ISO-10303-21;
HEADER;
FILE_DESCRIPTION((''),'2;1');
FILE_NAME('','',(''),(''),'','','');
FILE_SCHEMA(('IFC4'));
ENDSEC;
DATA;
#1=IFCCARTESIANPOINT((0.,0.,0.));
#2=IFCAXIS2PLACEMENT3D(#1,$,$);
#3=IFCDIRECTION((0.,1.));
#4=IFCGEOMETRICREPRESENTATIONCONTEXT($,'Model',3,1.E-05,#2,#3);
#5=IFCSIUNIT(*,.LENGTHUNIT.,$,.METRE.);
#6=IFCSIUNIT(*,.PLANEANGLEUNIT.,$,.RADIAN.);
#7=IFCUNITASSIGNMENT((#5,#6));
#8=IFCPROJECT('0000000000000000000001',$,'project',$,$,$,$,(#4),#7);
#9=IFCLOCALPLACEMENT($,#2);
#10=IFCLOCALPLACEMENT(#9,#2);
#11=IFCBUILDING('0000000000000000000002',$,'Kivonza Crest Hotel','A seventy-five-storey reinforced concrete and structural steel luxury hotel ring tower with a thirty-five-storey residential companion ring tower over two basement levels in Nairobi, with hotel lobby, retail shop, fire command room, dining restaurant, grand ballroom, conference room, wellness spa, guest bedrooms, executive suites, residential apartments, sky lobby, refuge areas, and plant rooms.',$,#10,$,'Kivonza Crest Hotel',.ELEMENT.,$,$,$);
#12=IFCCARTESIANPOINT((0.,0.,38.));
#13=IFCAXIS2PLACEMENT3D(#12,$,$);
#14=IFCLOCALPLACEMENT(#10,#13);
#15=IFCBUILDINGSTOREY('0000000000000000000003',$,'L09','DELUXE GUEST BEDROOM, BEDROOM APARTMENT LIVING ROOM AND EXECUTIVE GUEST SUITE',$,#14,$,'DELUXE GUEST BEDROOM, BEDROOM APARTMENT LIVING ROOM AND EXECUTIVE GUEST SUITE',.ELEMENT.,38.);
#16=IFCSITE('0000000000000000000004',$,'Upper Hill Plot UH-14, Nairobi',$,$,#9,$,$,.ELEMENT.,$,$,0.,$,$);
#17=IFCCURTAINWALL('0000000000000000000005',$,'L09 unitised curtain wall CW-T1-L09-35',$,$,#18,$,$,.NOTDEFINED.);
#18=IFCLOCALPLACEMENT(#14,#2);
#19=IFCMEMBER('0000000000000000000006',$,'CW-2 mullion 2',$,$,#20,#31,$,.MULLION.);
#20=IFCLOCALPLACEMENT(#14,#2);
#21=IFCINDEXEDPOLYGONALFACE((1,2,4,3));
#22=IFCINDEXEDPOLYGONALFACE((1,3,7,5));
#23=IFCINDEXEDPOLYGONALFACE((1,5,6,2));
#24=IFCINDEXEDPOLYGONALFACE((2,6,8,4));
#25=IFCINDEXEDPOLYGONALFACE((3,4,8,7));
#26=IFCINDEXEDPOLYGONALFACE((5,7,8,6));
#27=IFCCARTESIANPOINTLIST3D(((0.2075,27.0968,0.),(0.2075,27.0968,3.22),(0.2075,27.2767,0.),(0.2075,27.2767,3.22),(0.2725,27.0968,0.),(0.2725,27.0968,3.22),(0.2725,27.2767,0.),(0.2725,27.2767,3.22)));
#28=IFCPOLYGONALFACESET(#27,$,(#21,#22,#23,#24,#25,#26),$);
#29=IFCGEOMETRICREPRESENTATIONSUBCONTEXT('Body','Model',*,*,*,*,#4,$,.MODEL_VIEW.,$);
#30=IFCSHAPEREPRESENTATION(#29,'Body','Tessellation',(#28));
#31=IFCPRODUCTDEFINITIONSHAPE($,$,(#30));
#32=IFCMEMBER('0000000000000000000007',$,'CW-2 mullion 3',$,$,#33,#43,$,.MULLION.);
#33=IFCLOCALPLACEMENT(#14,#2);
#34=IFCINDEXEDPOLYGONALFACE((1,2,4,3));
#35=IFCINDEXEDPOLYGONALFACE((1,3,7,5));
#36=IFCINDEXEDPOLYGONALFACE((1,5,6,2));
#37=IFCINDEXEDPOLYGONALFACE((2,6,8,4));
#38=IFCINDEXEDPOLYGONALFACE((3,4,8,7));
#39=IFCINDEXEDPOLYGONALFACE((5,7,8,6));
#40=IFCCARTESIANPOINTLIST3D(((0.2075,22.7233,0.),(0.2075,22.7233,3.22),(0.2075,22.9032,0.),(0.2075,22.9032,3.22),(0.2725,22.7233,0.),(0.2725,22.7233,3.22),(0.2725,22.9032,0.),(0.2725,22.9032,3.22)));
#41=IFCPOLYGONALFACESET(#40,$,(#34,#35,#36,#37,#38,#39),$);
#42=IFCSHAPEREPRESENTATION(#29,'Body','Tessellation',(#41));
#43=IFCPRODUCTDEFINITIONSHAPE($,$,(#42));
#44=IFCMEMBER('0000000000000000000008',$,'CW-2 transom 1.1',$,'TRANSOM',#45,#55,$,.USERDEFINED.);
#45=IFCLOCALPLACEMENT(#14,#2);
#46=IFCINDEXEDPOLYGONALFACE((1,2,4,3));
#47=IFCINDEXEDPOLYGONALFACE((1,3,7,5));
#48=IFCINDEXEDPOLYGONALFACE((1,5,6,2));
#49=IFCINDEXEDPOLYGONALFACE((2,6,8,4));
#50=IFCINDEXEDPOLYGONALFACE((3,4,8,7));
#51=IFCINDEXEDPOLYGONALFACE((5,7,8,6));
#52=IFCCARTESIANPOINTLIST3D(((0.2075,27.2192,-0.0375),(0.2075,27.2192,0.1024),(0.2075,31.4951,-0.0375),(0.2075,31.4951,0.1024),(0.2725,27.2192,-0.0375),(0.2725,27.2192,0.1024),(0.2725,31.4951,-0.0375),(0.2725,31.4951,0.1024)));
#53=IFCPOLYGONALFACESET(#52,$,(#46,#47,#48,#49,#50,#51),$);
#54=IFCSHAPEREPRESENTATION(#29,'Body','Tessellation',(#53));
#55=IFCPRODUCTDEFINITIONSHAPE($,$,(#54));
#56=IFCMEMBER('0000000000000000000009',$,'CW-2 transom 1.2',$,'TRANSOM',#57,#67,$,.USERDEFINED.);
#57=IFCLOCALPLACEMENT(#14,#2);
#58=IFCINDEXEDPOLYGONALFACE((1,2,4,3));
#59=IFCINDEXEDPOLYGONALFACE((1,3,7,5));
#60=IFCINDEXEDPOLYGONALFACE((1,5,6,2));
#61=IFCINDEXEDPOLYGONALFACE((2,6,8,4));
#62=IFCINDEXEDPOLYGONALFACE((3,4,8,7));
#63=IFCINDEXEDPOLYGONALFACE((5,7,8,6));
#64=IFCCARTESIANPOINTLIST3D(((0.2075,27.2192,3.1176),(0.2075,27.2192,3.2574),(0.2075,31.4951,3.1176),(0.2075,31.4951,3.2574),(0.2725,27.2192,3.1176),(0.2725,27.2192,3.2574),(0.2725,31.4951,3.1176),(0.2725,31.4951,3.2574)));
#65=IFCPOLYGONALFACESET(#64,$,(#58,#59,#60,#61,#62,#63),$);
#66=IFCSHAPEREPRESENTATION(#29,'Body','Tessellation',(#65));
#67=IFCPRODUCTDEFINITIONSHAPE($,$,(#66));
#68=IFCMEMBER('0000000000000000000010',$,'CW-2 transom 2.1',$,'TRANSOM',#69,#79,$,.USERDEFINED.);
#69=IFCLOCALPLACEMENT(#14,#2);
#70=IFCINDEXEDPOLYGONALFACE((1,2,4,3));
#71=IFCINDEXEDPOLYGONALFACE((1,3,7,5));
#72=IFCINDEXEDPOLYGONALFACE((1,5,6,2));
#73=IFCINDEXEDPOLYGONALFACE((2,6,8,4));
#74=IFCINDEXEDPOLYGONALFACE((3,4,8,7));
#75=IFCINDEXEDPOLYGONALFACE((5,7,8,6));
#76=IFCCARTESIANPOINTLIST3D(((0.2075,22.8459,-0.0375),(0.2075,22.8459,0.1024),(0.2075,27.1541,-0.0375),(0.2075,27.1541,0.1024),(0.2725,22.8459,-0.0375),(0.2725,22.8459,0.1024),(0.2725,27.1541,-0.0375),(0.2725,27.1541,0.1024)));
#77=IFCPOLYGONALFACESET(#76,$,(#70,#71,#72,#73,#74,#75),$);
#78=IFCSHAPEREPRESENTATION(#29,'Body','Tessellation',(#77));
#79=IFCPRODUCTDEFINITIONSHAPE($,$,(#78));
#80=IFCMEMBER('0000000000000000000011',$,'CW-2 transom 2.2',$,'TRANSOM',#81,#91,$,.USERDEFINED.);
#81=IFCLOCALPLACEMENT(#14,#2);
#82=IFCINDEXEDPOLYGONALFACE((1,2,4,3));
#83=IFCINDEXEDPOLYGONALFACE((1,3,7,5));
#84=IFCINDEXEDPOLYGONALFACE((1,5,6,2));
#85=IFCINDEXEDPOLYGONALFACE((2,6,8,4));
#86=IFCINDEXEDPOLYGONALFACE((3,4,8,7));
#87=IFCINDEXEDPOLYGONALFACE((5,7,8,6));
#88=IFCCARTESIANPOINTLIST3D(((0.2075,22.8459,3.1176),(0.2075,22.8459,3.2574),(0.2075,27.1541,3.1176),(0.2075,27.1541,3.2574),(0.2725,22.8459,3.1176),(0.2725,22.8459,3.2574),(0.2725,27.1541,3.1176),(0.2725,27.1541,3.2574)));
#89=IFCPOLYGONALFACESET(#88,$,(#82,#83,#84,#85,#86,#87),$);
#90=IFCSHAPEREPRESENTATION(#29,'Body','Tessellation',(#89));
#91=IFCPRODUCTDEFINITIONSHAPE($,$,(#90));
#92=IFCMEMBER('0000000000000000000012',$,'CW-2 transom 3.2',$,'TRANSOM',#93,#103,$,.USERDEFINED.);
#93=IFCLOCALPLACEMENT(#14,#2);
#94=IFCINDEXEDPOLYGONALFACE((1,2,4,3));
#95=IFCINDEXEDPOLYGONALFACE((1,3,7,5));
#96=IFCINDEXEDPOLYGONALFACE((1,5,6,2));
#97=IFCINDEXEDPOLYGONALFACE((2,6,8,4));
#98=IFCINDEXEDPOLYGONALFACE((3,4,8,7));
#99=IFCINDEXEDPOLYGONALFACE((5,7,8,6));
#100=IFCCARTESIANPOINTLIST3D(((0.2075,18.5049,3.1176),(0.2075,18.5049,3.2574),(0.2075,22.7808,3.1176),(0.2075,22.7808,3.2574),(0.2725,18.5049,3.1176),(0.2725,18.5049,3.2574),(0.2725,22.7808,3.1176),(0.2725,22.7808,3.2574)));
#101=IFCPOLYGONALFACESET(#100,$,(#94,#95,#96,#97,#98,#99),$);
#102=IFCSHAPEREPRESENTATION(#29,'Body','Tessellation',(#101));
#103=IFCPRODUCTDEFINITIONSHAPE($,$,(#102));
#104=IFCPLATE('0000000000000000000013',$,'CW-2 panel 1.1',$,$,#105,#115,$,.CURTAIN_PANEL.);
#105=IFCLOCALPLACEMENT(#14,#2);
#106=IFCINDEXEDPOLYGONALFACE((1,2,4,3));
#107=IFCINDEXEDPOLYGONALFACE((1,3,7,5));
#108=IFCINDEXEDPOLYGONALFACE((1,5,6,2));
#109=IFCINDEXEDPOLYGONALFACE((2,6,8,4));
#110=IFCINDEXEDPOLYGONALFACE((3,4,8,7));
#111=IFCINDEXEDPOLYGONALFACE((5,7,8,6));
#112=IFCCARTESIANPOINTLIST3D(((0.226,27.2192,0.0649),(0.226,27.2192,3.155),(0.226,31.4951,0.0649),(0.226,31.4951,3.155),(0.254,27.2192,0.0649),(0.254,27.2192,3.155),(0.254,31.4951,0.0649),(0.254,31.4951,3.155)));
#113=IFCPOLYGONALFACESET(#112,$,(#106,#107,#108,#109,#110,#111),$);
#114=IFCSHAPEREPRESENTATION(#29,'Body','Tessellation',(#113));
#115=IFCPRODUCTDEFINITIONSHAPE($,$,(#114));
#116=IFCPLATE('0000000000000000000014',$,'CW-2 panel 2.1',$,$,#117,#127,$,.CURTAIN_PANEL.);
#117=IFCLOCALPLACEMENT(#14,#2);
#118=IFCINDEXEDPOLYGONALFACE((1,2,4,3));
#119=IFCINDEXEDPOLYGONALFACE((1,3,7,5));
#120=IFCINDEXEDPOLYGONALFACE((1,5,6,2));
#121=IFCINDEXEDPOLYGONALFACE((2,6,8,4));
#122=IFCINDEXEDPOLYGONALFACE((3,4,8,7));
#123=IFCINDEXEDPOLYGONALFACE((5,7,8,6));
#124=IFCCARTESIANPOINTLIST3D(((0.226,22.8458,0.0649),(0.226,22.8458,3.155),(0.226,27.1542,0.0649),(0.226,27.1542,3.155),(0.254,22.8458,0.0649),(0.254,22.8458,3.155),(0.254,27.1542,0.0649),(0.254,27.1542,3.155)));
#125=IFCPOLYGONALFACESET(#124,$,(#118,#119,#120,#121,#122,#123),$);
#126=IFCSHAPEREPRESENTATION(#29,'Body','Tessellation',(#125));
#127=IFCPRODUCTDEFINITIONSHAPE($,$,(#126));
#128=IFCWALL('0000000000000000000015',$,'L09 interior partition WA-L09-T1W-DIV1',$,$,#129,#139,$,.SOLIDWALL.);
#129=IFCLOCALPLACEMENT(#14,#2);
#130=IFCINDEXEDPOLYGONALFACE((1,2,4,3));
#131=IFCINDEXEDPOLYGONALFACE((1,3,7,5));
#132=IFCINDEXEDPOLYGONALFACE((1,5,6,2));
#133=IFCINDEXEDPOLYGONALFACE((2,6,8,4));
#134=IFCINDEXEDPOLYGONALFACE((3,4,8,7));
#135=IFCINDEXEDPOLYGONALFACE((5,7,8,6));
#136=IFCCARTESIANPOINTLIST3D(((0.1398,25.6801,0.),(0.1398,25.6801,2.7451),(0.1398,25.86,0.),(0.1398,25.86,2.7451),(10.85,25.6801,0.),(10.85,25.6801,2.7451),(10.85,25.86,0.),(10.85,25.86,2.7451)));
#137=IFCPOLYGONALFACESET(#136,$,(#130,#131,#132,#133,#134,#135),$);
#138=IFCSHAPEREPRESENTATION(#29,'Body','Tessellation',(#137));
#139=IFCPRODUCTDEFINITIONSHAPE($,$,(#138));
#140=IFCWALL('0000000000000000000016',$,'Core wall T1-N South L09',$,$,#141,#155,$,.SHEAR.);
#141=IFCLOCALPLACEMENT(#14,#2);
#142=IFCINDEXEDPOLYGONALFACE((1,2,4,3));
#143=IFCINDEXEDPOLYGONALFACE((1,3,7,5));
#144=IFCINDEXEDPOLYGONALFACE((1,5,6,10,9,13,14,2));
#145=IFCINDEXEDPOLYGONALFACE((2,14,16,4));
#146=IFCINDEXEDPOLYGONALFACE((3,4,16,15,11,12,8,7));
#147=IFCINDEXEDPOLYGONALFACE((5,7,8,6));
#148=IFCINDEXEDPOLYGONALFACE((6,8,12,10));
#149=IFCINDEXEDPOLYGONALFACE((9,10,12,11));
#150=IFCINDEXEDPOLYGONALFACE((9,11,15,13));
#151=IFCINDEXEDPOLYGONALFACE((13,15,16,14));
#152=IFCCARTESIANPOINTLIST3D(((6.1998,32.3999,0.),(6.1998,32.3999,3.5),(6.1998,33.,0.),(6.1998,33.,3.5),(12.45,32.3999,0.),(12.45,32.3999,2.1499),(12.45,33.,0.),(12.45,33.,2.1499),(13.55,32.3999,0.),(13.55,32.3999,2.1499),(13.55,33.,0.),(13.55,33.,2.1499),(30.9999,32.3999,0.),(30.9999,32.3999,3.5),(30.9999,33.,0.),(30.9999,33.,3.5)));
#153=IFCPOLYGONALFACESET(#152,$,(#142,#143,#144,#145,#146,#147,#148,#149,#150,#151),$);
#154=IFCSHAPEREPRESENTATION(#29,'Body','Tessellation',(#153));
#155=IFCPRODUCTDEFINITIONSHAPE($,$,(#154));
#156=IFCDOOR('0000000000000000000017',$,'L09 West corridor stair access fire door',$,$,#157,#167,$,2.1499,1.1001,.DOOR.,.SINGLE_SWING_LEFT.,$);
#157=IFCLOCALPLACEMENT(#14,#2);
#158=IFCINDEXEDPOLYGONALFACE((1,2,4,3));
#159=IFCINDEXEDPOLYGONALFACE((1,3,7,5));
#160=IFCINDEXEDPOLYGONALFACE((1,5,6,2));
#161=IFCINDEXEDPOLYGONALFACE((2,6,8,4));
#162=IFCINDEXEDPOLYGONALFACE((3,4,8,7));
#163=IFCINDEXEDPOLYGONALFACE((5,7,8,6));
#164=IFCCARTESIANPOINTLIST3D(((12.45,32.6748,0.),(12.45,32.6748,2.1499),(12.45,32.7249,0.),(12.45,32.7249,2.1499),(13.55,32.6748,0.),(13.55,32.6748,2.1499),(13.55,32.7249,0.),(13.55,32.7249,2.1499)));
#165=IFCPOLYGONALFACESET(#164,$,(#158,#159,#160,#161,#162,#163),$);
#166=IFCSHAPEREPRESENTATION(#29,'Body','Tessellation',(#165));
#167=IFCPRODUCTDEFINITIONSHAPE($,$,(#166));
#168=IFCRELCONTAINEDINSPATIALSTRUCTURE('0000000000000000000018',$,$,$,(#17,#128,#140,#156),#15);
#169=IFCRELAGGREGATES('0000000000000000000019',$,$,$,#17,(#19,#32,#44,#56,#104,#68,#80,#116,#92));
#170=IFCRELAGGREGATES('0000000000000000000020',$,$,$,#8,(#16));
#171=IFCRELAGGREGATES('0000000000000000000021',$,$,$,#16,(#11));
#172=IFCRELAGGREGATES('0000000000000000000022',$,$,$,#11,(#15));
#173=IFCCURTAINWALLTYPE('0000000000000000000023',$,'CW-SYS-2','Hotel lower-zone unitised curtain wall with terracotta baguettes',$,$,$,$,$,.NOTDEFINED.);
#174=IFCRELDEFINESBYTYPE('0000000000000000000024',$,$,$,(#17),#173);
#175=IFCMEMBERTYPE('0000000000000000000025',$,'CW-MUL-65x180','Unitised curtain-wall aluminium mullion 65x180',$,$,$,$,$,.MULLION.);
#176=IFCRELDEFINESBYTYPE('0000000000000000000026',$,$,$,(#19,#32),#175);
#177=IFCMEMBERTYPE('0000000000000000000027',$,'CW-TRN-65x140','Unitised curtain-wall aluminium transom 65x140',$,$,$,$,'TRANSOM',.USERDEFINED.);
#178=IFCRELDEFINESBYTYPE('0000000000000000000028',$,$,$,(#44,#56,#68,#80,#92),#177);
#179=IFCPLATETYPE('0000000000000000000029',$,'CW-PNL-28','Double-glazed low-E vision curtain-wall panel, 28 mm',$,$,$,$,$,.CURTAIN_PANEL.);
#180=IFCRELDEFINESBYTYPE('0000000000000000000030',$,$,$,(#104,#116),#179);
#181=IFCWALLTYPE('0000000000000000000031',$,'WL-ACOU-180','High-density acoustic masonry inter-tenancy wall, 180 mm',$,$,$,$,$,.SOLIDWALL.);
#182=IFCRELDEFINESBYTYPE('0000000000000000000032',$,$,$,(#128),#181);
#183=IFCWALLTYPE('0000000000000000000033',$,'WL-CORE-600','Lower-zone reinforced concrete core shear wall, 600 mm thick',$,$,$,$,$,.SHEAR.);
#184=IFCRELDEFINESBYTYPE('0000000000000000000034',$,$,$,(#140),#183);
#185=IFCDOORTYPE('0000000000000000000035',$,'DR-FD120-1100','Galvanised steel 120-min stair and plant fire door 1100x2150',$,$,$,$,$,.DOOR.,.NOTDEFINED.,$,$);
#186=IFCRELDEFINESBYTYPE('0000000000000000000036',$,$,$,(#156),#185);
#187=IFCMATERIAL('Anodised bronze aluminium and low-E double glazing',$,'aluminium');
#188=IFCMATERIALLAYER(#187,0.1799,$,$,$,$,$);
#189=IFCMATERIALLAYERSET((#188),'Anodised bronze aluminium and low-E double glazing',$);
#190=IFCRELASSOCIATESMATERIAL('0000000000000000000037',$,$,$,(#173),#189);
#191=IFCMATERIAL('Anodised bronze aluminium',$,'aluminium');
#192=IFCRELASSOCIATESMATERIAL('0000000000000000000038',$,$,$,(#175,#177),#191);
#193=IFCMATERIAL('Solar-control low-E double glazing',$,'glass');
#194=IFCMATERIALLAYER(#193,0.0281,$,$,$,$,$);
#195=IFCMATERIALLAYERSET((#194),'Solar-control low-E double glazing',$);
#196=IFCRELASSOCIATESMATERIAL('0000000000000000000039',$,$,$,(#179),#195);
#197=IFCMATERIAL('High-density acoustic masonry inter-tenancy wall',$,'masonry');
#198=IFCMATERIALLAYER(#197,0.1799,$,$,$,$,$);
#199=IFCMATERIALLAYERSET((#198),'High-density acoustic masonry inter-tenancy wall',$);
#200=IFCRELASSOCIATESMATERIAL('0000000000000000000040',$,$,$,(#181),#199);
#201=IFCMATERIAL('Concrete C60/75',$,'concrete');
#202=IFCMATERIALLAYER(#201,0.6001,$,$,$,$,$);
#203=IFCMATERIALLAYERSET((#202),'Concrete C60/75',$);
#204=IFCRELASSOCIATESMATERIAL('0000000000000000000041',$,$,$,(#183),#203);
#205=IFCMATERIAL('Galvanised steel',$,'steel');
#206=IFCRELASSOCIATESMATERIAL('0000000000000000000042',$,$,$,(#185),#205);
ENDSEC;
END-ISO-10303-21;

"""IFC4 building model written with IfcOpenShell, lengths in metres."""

from ifc_helpers import new_model, si_unit, direction, frame, frame_2d, origin, origin_2d, place, context, subcontext, project, spatial, rectangle, extrude, material, layer, layer_set, material_profile, profile_set, type_object, element, fill, aggregate, save


model = new_model("IFC4")

# Units and contexts
model_context = context("Model", 3, precision=1e-05, world=origin(), true_north=direction((0.0, 1.0)))
body_context = subcontext(model_context, "Body", "Model", "MODEL_VIEW")
ifc_project = project(units=[si_unit("LENGTHUNIT", "METRE"), si_unit("PLANEANGLEUNIT", "RADIAN")], contexts=[model_context])

# Site, building, storey
site_placement = place(None, origin())
site = spatial("IfcSite", under=ifc_project, at=site_placement, Name="Upper Hill Plot UH-14, Nairobi", CompositionType="ELEMENT", RefElevation=0.0)
building_placement = place(site_placement, origin())
building = spatial("IfcBuilding", under=site, at=building_placement, Name="Kivonza Crest Hotel", Description="A seventy-five-storey reinforced concrete and structural steel luxury hotel ring tower with a thirty-five-storey residential companion ring tower over two basement levels in Nairobi, with hotel lobby, retail shop, fire command room, dining restaurant, grand ballroom, conference room, wellness spa, guest bedrooms, executive suites, residential apartments, sky lobby, refuge areas, and plant rooms.", LongName="Kivonza Crest Hotel", CompositionType="ELEMENT")
storey_placement = place(building_placement, frame((0.0, 0.0, 38.0)))
storey = spatial("IfcBuildingStorey", under=building, at=storey_placement, Name="L09", Description="DELUXE GUEST BEDROOM, BEDROOM APARTMENT LIVING ROOM AND EXECUTIVE GUEST SUITE", LongName="DELUXE GUEST BEDROOM, BEDROOM APARTMENT LIVING ROOM AND EXECUTIVE GUEST SUITE", CompositionType="ELEMENT", Elevation=38.0)

# Shared definitions
ifc_material_1 = material(Name="Concrete C60/75", Category="concrete")

# Curtain wall, members, plates
ifc_material_2 = material(Name="Anodised bronze aluminium and low-E double glazing", Category="aluminium")
ifc_layer_1 = layer(ifc_material_2, 0.1799)
ifc_layer_set_1 = layer_set([ifc_layer_1], Name="Anodised bronze aluminium and low-E double glazing")
curtain_wall_type = type_object("IfcCurtainWallType", Name="CW-SYS-2", Description="Hotel lower-zone unitised curtain wall with terracotta baguettes", PredefinedType="NOTDEFINED", material=ifc_layer_set_1)
curtain_wall_placement = place(storey_placement, origin())
curtain_wall = element("IfcCurtainWall", 1, at=curtain_wall_placement, inside=storey, type_object=curtain_wall_type, Name="L09 unitised curtain wall CW-T1-L09-35", PredefinedType="NOTDEFINED")
ifc_material_3 = material(Name="Anodised bronze aluminium", Category="aluminium")
ifc_material_profile_1 = material_profile(ifc_material_3, rectangle(XDim=0.0649, YDim=0.1799, at=origin_2d()), Name="CW-M 65x180")
ifc_profile_set_1 = profile_set([ifc_material_profile_1], Name="Anodised bronze aluminium")
member_type_1 = type_object("IfcMemberType", Name="CW-MUL-65x180", Description="Unitised curtain-wall aluminium mullion 65x180", PredefinedType="MULLION", material=ifc_profile_set_1)
member_1_placement = place(storey_placement, frame((0.24, 27.1868, 0.0), z_axis=(0.0, 0.0, 1.0), x_axis=(1.0, 0.0, 0.0)))
member_1 = element("IfcMember", 2, at=member_1_placement, type_object=member_type_1, Name="CW-2 mullion 2", PredefinedType="MULLION", context=body_context, shape_type="SweptSolid", body=[
    extrude(rectangle(XDim=0.0649, YDim=0.1799, at=origin_2d()), origin(), (0.0, 0.0, 1.0), 3.22),
])
member_2_placement = place(storey_placement, frame((0.24, 22.8132, 0.0), z_axis=(0.0, 0.0, 1.0), x_axis=(1.0, 0.0, 0.0)))
member_2 = element("IfcMember", 3, at=member_2_placement, type_object=member_type_1, Name="CW-2 mullion 3", PredefinedType="MULLION", context=body_context, shape_type="SweptSolid", body=[
    extrude(rectangle(XDim=0.0649, YDim=0.1799, at=origin_2d()), origin(), (0.0, 0.0, 1.0), 3.22),
])
ifc_material_profile_2 = material_profile(ifc_material_3, rectangle(XDim=0.0649, YDim=0.1399, at=origin_2d()), Name="CW-T 65x140")
ifc_profile_set_2 = profile_set([ifc_material_profile_2], Name="Anodised bronze aluminium")
member_type_2 = type_object("IfcMemberType", Name="CW-TRN-65x140", Description="Unitised curtain-wall aluminium transom 65x140", ElementType="TRANSOM", PredefinedType="USERDEFINED", material=ifc_profile_set_2)
member_3_placement = place(storey_placement, frame((0.24, 31.4951, 0.0325), z_axis=(0.0, -1.0, 0.0), x_axis=(1.0, 0.0, 0.0)))
member_3 = element("IfcMember", 4, at=member_3_placement, type_object=member_type_2, Name="CW-2 transom 1.1", ObjectType="TRANSOM", PredefinedType="USERDEFINED", context=body_context, shape_type="SweptSolid", body=[
    extrude(rectangle(XDim=0.0649, YDim=0.1399, at=origin_2d()), origin(), (0.0, 0.0, 1.0), 4.2759),
])
member_4_placement = place(storey_placement, frame((0.24, 31.4951, 3.1875), z_axis=(0.0, -1.0, 0.0), x_axis=(1.0, 0.0, 0.0)))
member_4 = element("IfcMember", 5, at=member_4_placement, type_object=member_type_2, Name="CW-2 transom 1.2", ObjectType="TRANSOM", PredefinedType="USERDEFINED", context=body_context, shape_type="SweptSolid", body=[
    extrude(rectangle(XDim=0.0649, YDim=0.1399, at=origin_2d()), origin(), (0.0, 0.0, 1.0), 4.2759),
])
member_5_placement = place(storey_placement, frame((0.24, 27.1541, 0.0325), z_axis=(0.0, -1.0, 0.0), x_axis=(1.0, 0.0, 0.0)))
member_5 = element("IfcMember", 6, at=member_5_placement, type_object=member_type_2, Name="CW-2 transom 2.1", ObjectType="TRANSOM", PredefinedType="USERDEFINED", context=body_context, shape_type="SweptSolid", body=[
    extrude(rectangle(XDim=0.0649, YDim=0.1399, at=origin_2d()), origin(), (0.0, 0.0, 1.0), 4.3081),
])
member_6_placement = place(storey_placement, frame((0.24, 27.1541, 3.1875), z_axis=(0.0, -1.0, 0.0), x_axis=(1.0, 0.0, 0.0)))
member_6 = element("IfcMember", 7, at=member_6_placement, type_object=member_type_2, Name="CW-2 transom 2.2", ObjectType="TRANSOM", PredefinedType="USERDEFINED", context=body_context, shape_type="SweptSolid", body=[
    extrude(rectangle(XDim=0.0649, YDim=0.1399, at=origin_2d()), origin(), (0.0, 0.0, 1.0), 4.3081),
])
member_7_placement = place(storey_placement, frame((0.24, 22.7808, 3.1875), z_axis=(0.0, -1.0, 0.0), x_axis=(1.0, 0.0, 0.0)))
member_7 = element("IfcMember", 8, at=member_7_placement, type_object=member_type_2, Name="CW-2 transom 3.2", ObjectType="TRANSOM", PredefinedType="USERDEFINED", context=body_context, shape_type="SweptSolid", body=[
    extrude(rectangle(XDim=0.0649, YDim=0.1399, at=origin_2d()), origin(), (0.0, 0.0, 1.0), 4.2759),
])
ifc_material_4 = material(Name="Solar-control low-E double glazing", Category="glass")
ifc_layer_2 = layer(ifc_material_4, 0.0281)
ifc_layer_set_2 = layer_set([ifc_layer_2], Name="Solar-control low-E double glazing")
plate_type = type_object("IfcPlateType", Name="CW-PNL-28", Description="Double-glazed low-E vision curtain-wall panel, 28 mm", PredefinedType="CURTAIN_PANEL", material=ifc_layer_set_2)
plate_1_placement = place(storey_placement, frame((0.24, 29.3572, 0.0649), z_axis=(0.0, 0.0, 1.0), x_axis=(0.0, -1.0, 0.0)))
plate_1 = element("IfcPlate", 9, at=plate_1_placement, type_object=plate_type, Name="CW-2 panel 1.1", PredefinedType="CURTAIN_PANEL", context=body_context, shape_type="SweptSolid", body=[
    extrude(rectangle(XDim=4.2759, YDim=0.0281, at=origin_2d()), origin(), (0.0, 0.0, 1.0), 3.0901),
])
plate_2_placement = place(storey_placement, frame((0.24, 25.0, 0.0649), z_axis=(0.0, 0.0, 1.0), x_axis=(0.0, -1.0, 0.0)))
plate_2 = element("IfcPlate", 10, at=plate_2_placement, type_object=plate_type, Name="CW-2 panel 2.1", PredefinedType="CURTAIN_PANEL", context=body_context, shape_type="SweptSolid", body=[
    extrude(rectangle(XDim=4.3083, YDim=0.0281, at=origin_2d()), origin(), (0.0, 0.0, 1.0), 3.0901),
])
aggregate(curtain_wall, [member_1, member_2, member_3, member_4, plate_1, member_5, member_6, plate_2, member_7])

# Wall
ifc_material_5 = material(Name="High-density acoustic masonry inter-tenancy wall", Category="masonry")
ifc_layer_3 = layer(ifc_material_5, 0.1799)
ifc_layer_set_3 = layer_set([ifc_layer_3], Name="High-density acoustic masonry inter-tenancy wall")
wall_type_1 = type_object("IfcWallType", Name="WL-ACOU-180", Description="High-density acoustic masonry inter-tenancy wall, 180 mm", PredefinedType="SOLIDWALL", material=ifc_layer_set_3)
wall_1_placement = place(storey_placement, frame((0.1399, 25.77, 0.0), z_axis=(0.0, 0.0, 1.0), x_axis=(1.0, 0.0, 0.0)))
element("IfcWall", 11, at=wall_1_placement, inside=storey, type_object=wall_type_1, Name="L09 interior partition WA-L09-T1W-DIV1", PredefinedType="SOLIDWALL", context=body_context, shape_type="SweptSolid", body=[
    extrude(rectangle(XDim=10.7102, YDim=0.1799, at=frame_2d((5.355, 0.0))), origin(), (0.0, 0.0, 1.0), 2.7451),
])

# Wall, opening, door
ifc_layer_4 = layer(ifc_material_1, 0.6001)
ifc_layer_set_4 = layer_set([ifc_layer_4], Name="Concrete C60/75")
wall_type_2 = type_object("IfcWallType", Name="WL-CORE-600", Description="Lower-zone reinforced concrete core shear wall, 600 mm thick", PredefinedType="SHEAR", material=ifc_layer_set_4)
wall_2_placement = place(storey_placement, frame((6.2, 32.7, 0.0), z_axis=(0.0, 0.0, 1.0), x_axis=(1.0, 0.0, 0.0)))
wall_2 = element("IfcWall", 12, at=wall_2_placement, inside=storey, type_object=wall_type_2, Name="Core wall T1-N South L09", PredefinedType="SHEAR", context=body_context, shape_type="SweptSolid", body=[
    extrude(rectangle(XDim=24.8, YDim=0.6001, at=frame_2d((12.3999, 0.0))), origin(), (0.0, 0.0, 1.0), 3.5),
])
opening_placement = place(wall_2_placement, frame((6.25, 0.0, 0.0)))
opening = element("IfcOpeningElement", 13, at=opening_placement, cuts=wall_2, PredefinedType="OPENING", context=body_context, shape_type="SweptSolid", body=[
    extrude(rectangle(XDim=1.1001, YDim=2.1499, at=frame_2d((0.55, 1.075))), frame((0.0, 0.3101, 0.0), z_axis=(0.0, -1.0, 0.0), x_axis=(1.0, 0.0, 0.0)), (0.0, 0.0, 1.0), 0.6201),
])
ifc_material_6 = material(Name="Galvanised steel", Category="steel")
door_type = type_object("IfcDoorType", Name="DR-FD120-1100", Description="Galvanised steel 120-min stair and plant fire door 1100x2150", OperationType="NOTDEFINED", PredefinedType="DOOR", material=ifc_material_6)
door_placement = place(opening_placement, origin())
door = element("IfcDoor", 14, at=door_placement, inside=storey, type_object=door_type, Name="L09 West corridor stair access fire door", OperationType="SINGLE_SWING_LEFT", OverallHeight=2.1499, OverallWidth=1.1001, PredefinedType="DOOR", context=body_context, shape_type="SweptSolid", body=[
    extrude(rectangle(XDim=1.1001, YDim=2.1499, at=frame_2d((0.55, 1.075))), frame((0.0, 0.0249, 0.0), z_axis=(0.0, -1.0, 0.0), x_axis=(1.0, 0.0, 0.0)), (0.0, 0.0, 1.0), 0.05),
])
fill(opening, door)

save(model, "model.ifc")
